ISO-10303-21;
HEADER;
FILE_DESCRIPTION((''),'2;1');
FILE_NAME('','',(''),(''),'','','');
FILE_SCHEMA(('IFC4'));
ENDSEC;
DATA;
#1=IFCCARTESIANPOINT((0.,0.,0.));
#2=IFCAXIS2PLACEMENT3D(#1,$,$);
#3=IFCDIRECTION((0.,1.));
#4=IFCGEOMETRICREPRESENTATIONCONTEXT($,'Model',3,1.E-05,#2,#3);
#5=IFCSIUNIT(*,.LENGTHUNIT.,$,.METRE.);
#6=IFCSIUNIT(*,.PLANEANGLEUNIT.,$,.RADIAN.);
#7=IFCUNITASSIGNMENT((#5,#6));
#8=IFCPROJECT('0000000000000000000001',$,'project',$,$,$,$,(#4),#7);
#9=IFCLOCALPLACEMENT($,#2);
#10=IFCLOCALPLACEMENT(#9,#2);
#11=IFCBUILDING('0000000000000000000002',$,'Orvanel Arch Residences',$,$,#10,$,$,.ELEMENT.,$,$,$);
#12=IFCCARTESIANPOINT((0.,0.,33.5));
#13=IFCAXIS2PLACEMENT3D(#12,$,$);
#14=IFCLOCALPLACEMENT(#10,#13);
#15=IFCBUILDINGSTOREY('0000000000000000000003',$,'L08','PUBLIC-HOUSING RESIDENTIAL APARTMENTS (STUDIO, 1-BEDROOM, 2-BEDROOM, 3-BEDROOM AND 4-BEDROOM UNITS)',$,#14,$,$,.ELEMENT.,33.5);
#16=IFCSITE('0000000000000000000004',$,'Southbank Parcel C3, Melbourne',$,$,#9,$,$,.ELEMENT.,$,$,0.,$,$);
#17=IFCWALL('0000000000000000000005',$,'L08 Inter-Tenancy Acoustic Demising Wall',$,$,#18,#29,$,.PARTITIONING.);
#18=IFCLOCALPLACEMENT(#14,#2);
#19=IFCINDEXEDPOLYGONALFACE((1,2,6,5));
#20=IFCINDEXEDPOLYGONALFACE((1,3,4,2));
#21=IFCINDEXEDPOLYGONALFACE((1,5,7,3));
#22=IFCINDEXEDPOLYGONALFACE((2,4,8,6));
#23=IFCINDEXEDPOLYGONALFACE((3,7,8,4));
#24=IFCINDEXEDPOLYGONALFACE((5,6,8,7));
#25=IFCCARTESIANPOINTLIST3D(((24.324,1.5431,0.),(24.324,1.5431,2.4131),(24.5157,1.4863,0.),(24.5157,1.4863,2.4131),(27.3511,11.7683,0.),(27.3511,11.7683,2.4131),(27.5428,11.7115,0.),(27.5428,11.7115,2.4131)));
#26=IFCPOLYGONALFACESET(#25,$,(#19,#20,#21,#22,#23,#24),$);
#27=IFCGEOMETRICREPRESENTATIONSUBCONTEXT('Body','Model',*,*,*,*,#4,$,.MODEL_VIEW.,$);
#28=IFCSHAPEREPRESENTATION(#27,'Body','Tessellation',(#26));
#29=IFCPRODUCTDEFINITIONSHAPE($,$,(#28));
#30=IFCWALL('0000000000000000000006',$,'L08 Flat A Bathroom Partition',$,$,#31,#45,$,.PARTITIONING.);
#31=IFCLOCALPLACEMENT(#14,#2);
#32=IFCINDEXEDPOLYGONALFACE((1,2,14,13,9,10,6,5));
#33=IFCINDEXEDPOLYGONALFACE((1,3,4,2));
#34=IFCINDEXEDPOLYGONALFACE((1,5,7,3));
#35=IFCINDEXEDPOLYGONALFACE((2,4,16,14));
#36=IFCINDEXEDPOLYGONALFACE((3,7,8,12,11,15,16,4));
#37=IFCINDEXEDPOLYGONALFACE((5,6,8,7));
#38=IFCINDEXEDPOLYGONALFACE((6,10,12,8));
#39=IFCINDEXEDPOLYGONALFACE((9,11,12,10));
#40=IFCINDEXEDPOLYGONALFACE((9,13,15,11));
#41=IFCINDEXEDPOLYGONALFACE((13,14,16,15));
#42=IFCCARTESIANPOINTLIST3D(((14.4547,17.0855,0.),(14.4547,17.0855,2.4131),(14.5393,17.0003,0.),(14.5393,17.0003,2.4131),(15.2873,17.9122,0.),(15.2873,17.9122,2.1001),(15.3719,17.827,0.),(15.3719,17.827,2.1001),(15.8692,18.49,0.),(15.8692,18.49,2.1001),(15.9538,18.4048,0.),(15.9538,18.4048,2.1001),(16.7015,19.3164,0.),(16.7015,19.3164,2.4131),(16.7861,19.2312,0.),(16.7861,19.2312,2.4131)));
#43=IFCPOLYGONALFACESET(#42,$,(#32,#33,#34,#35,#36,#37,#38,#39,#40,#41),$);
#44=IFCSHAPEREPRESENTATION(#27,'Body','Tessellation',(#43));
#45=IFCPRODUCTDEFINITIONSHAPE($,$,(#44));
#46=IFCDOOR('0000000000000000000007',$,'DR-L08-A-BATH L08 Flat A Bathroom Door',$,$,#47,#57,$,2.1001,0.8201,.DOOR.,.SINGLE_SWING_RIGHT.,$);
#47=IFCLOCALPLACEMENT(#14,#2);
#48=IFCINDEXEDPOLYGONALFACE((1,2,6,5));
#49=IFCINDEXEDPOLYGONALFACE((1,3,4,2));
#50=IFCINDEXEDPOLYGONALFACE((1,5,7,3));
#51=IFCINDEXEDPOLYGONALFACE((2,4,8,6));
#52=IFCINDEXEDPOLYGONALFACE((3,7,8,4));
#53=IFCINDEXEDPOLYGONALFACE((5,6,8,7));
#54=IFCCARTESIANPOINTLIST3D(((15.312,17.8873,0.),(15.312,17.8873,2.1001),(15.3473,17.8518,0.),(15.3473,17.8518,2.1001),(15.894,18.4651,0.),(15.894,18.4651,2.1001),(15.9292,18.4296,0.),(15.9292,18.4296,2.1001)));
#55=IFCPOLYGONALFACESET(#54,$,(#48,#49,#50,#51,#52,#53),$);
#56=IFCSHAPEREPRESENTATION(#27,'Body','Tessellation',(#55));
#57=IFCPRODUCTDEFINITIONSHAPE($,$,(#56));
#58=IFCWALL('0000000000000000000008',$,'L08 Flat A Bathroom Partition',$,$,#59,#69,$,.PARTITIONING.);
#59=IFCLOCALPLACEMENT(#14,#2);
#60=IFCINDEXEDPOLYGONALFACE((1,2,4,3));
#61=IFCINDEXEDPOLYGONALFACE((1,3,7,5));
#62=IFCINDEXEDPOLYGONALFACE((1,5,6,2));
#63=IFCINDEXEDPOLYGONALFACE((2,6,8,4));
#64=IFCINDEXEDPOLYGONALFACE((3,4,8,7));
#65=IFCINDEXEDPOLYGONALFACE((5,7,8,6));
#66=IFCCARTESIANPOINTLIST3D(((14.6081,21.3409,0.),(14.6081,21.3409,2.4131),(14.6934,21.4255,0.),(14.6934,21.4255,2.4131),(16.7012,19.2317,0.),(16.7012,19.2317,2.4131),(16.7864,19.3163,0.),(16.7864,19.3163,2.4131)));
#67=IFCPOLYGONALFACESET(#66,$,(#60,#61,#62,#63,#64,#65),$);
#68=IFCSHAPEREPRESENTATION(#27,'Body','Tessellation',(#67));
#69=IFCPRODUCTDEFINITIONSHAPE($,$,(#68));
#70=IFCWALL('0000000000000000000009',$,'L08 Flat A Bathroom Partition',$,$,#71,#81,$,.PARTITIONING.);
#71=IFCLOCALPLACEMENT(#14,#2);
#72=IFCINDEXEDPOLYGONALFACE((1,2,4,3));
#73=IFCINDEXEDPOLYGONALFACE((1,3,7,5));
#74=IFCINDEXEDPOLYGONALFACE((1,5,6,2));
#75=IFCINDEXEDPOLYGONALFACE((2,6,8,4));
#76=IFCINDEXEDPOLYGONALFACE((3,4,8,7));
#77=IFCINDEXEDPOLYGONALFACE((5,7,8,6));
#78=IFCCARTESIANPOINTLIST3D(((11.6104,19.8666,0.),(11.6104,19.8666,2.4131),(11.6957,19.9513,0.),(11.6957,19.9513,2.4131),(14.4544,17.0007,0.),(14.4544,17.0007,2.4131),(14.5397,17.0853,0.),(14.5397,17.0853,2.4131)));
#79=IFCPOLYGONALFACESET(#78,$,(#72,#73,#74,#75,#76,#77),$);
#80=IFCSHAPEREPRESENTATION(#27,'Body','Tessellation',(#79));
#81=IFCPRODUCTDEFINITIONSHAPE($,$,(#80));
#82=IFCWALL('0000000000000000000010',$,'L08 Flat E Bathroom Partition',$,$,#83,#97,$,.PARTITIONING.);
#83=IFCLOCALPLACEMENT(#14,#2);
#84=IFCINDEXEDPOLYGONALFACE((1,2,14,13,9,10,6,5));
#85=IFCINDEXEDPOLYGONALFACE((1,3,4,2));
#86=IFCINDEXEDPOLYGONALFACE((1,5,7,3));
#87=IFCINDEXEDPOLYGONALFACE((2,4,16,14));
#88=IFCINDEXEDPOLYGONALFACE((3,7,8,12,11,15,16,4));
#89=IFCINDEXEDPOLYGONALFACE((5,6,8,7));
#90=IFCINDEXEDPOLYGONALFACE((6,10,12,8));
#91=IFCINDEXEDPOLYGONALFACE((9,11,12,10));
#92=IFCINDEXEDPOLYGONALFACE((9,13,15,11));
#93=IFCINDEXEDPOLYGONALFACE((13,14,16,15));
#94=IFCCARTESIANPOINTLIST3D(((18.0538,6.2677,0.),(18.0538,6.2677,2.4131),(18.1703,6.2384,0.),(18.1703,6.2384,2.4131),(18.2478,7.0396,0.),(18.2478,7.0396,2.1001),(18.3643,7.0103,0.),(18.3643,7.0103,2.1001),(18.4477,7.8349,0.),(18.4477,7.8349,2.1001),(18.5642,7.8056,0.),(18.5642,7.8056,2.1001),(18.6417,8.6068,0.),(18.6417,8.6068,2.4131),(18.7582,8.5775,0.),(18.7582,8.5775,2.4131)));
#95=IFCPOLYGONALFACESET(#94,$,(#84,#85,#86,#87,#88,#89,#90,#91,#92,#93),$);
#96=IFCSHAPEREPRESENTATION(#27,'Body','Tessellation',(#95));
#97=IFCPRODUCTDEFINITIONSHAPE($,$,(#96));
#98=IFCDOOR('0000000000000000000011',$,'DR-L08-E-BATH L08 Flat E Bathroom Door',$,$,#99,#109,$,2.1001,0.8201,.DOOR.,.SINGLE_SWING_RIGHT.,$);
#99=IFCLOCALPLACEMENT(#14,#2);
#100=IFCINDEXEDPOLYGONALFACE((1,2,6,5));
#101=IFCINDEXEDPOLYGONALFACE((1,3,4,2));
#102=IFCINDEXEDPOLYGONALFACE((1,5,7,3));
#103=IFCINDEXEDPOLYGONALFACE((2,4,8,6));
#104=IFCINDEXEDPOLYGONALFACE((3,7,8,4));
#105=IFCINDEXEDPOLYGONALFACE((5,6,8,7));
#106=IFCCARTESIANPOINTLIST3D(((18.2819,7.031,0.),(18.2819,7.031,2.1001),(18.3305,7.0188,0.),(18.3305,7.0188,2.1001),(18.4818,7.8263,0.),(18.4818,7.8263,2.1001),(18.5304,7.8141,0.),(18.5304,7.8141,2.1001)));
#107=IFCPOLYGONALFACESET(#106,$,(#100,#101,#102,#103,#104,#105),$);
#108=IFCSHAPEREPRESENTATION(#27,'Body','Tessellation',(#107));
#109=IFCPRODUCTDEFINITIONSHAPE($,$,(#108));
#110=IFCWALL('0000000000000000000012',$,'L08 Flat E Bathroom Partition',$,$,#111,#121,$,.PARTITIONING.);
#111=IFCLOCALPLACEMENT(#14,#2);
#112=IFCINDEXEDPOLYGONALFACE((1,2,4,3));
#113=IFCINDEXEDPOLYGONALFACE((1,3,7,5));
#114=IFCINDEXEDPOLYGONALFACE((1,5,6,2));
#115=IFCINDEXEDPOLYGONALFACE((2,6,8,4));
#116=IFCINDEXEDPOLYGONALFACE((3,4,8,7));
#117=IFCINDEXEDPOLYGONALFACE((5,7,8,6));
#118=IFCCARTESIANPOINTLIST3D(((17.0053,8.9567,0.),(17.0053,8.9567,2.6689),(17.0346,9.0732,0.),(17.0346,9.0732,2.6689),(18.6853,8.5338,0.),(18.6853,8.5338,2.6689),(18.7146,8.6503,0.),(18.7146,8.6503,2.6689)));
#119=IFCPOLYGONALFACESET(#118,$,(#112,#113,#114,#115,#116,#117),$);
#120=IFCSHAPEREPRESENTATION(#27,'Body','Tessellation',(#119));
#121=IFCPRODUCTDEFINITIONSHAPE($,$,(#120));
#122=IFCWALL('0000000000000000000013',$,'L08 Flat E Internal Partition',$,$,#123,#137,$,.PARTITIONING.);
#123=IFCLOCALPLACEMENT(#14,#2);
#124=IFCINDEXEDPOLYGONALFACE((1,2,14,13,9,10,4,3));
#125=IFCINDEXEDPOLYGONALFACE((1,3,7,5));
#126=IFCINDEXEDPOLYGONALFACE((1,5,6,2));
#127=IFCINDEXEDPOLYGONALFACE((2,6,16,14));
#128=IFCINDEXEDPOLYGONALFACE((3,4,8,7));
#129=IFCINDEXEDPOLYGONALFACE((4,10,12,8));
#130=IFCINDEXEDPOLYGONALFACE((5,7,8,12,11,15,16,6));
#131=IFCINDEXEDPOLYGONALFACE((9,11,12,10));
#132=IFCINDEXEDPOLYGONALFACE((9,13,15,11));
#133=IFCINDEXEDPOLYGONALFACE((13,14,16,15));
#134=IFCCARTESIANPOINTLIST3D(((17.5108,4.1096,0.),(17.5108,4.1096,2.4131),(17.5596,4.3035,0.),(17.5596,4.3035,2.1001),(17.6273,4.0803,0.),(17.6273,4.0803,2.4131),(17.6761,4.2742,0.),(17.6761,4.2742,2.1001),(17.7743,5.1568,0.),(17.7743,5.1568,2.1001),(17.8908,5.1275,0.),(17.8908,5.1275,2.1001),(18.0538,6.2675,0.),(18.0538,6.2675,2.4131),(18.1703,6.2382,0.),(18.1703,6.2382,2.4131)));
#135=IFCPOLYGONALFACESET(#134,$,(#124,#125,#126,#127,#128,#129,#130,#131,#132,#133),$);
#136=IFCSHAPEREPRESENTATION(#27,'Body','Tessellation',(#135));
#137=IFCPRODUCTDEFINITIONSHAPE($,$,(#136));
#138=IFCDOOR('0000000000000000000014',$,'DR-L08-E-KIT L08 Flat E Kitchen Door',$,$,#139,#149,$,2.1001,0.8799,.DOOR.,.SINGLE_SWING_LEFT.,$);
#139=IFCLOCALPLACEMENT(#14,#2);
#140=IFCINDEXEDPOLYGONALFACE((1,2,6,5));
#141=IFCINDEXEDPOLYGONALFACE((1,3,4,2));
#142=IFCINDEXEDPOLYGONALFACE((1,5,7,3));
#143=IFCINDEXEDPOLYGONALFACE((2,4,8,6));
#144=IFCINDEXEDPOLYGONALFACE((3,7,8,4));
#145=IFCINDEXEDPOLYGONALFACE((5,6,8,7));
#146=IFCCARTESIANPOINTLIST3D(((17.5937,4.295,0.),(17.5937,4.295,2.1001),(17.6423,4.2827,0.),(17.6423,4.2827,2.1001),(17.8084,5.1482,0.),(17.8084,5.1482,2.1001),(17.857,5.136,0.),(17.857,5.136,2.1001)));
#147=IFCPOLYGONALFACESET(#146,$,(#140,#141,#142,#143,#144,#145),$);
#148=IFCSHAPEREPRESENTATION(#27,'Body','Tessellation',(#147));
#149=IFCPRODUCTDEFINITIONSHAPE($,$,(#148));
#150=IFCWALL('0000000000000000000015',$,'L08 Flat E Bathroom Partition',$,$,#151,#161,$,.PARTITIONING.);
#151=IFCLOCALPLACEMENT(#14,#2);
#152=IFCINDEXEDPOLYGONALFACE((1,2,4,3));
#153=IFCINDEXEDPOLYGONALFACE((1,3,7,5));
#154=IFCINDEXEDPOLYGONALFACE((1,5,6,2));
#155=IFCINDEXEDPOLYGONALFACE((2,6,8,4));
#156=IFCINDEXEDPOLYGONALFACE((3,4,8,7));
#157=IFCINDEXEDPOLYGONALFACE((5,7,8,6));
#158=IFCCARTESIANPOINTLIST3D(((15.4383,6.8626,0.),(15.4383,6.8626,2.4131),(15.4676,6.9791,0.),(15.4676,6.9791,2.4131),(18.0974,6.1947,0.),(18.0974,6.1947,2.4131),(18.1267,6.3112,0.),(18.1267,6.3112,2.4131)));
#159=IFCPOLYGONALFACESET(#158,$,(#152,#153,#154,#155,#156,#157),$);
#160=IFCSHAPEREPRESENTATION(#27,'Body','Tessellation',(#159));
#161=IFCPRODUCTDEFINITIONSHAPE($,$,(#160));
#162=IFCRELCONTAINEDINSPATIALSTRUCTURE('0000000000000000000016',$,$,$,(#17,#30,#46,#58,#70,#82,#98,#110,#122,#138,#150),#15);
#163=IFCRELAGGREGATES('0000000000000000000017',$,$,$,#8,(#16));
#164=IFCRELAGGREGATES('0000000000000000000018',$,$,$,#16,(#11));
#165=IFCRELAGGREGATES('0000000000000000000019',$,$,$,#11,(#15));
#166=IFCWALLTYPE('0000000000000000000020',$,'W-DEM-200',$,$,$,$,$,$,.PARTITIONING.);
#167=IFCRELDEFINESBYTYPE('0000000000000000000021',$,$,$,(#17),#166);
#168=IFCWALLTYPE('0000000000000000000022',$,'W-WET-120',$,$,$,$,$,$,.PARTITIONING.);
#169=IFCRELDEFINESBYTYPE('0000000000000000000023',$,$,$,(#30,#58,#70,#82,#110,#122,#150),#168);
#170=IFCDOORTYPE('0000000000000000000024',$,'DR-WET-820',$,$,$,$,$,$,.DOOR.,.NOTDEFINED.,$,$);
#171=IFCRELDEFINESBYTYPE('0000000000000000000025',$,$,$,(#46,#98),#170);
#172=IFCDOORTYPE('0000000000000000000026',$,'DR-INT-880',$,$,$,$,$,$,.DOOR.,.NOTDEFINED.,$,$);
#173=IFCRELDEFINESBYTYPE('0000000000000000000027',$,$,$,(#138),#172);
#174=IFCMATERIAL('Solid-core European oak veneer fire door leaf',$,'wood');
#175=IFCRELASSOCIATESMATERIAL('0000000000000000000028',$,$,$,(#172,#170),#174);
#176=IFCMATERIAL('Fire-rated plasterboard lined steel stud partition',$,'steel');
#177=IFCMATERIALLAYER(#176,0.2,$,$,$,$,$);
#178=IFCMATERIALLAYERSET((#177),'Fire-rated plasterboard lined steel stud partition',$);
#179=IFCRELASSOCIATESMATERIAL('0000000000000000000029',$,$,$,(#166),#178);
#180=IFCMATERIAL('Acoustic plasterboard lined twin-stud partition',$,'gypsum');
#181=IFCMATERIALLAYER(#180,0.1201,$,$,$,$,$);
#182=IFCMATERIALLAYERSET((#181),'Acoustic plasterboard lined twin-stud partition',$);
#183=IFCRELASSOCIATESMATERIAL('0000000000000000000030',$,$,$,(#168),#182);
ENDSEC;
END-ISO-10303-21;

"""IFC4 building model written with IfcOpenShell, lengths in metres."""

from ifc_helpers import new_model, si_unit, direction, frame, frame_2d, origin, place, context, subcontext, project, spatial, rectangle, extrude, material, layer, layer_set, type_object, element, fill, save


model = new_model("IFC4")

# Units and contexts
model_context = context("Model", 3, precision=1e-05, world=origin(), true_north=direction((0.0, 1.0)))
body_context = subcontext(model_context, "Body", "Model", "MODEL_VIEW")
ifc_project = project(units=[si_unit("LENGTHUNIT", "METRE"), si_unit("PLANEANGLEUNIT", "RADIAN")], contexts=[model_context])

# Site, building, storey
site_placement = place(None, origin())
site = spatial("IfcSite", under=ifc_project, at=site_placement, Name="Southbank Parcel C3, Melbourne", CompositionType="ELEMENT", RefElevation=0.0)
building_placement = place(site_placement, origin())
building = spatial("IfcBuilding", under=site, at=building_placement, Name="Orvanel Arch Residences", CompositionType="ELEMENT")
storey_placement = place(building_placement, frame((0.0, 0.0, 33.5)))
storey = spatial("IfcBuildingStorey", under=building, at=storey_placement, Name="L08", Description="PUBLIC-HOUSING RESIDENTIAL APARTMENTS (STUDIO, 1-BEDROOM, 2-BEDROOM, 3-BEDROOM AND 4-BEDROOM UNITS)", CompositionType="ELEMENT", Elevation=33.5)

# Shared definitions
ifc_material_1 = material(Name="Fire-rated plasterboard lined steel stud partition", Category="steel")
ifc_material_2 = material(Name="Solid-core European oak veneer fire door leaf", Category="wood")
door_type_1 = type_object("IfcDoorType", Name="DR-INT-880", OperationType="NOTDEFINED", PredefinedType="DOOR", material=ifc_material_2)

# Wall
ifc_layer_1 = layer(ifc_material_1, 0.2)
ifc_layer_set_1 = layer_set([ifc_layer_1], Name="Fire-rated plasterboard lined steel stud partition")
wall_type_1 = type_object("IfcWallType", Name="W-DEM-200", PredefinedType="PARTITIONING", material=ifc_layer_set_1)
wall_1_placement = place(storey_placement, frame((27.447, 11.74, 0.0), z_axis=(0.0, 0.0, 1.0), x_axis=(-0.283868, -0.958863, 0.0)))
element("IfcWall", 1, at=wall_1_placement, inside=storey, type_object=wall_type_1, Name="L08 Inter-Tenancy Acoustic Demising Wall", PredefinedType="PARTITIONING", context=body_context, shape_type="SweptSolid", body=[
    extrude(rectangle(XDim=10.6638, YDim=0.2, at=frame_2d((5.332, 0.0))), origin(), (0.0, 0.0, 1.0), 2.4131),
])

# Wall, opening, door
ifc_material_3 = material(Name="Acoustic plasterboard lined twin-stud partition", Category="gypsum")
ifc_layer_2 = layer(ifc_material_3, 0.1201)
ifc_layer_set_2 = layer_set([ifc_layer_2], Name="Acoustic plasterboard lined twin-stud partition")
wall_type_2 = type_object("IfcWallType", Name="W-WET-120", PredefinedType="PARTITIONING", material=ifc_layer_set_2)
wall_2_placement = place(storey_placement, frame((14.4971, 17.043, 0.0), z_axis=(0.0, 0.0, 1.0), x_axis=(0.709608, 0.704596, 0.0)))
wall_2 = element("IfcWall", 2, at=wall_2_placement, inside=storey, type_object=wall_type_2, Name="L08 Flat A Bathroom Partition", PredefinedType="PARTITIONING", context=body_context, shape_type="SweptSolid", body=[
    extrude(rectangle(XDim=3.1663, YDim=0.1201, at=frame_2d((1.583, 0.0))), origin(), (0.0, 0.0, 1.0), 2.4131),
])
opening_1_placement = place(wall_2_placement, frame((1.1731, 0.0, 0.0)))
opening_1 = element("IfcOpeningElement", 3, at=opening_1_placement, cuts=wall_2, PredefinedType="OPENING", context=body_context, shape_type="SweptSolid", body=[
    extrude(rectangle(XDim=0.8201, YDim=2.1001, at=frame_2d((0.4102, 1.05))), frame((0.0, 0.0701, 0.0), z_axis=(0.0, -1.0, 0.0), x_axis=(1.0, 0.0, 0.0)), (0.0, 0.0, 1.0), 0.1401),
])
door_type_2 = type_object("IfcDoorType", Name="DR-WET-820", OperationType="NOTDEFINED", PredefinedType="DOOR", material=ifc_material_2)
door_1_placement = place(opening_1_placement, origin())
door_1 = element("IfcDoor", 4, at=door_1_placement, inside=storey, type_object=door_type_2, Name="DR-L08-A-BATH L08 Flat A Bathroom Door", OperationType="SINGLE_SWING_RIGHT", OverallHeight=2.1001, OverallWidth=0.8201, PredefinedType="DOOR", context=body_context, shape_type="SweptSolid", body=[
    extrude(rectangle(XDim=0.8201, YDim=2.1001, at=frame_2d((0.4102, 1.05))), frame((0.0, 0.0249, 0.0), z_axis=(0.0, -1.0, 0.0), x_axis=(1.0, 0.0, 0.0)), (0.0, 0.0, 1.0), 0.05),
])
fill(opening_1, door_1)

# Walls
wall_3_placement = place(storey_placement, frame((16.7439, 19.2739, 0.0), z_axis=(0.0, 0.0, 1.0), x_axis=(-0.70439, 0.709813, 0.0)))
element("IfcWall", 5, at=wall_3_placement, inside=storey, type_object=wall_type_2, Name="L08 Flat A Bathroom Partition", PredefinedType="PARTITIONING", context=body_context, shape_type="SweptSolid", body=[
    extrude(rectangle(XDim=2.9714, YDim=0.1201, at=frame_2d((1.4858, 0.0))), origin(), (0.0, 0.0, 1.0), 2.4131),
])
wall_4_placement = place(storey_placement, frame((14.4971, 17.043, 0.0), z_axis=(0.0, 0.0, 1.0), x_axis=(-0.704381, 0.709823, 0.0)))
element("IfcWall", 6, at=wall_4_placement, inside=storey, type_object=wall_type_2, Name="L08 Flat A Bathroom Partition", PredefinedType="PARTITIONING", context=body_context, shape_type="SweptSolid", body=[
    extrude(rectangle(XDim=4.0376, YDim=0.1201, at=frame_2d((2.0188, 0.0))), origin(), (0.0, 0.0, 1.0), 2.4131),
])

# Wall, opening, door
wall_5_placement = place(storey_placement, frame((18.1121, 6.2529, 0.0), z_axis=(0.0, 0.0, 1.0), x_axis=(0.24375, 0.969838, 0.0)))
wall_5 = element("IfcWall", 7, at=wall_5_placement, inside=storey, type_object=wall_type_2, Name="L08 Flat E Bathroom Partition", PredefinedType="PARTITIONING", context=body_context, shape_type="SweptSolid", body=[
    extrude(rectangle(XDim=2.4119, YDim=0.1201, at=frame_2d((1.2061, 0.0))), origin(), (0.0, 0.0, 1.0), 2.4131),
])
opening_2_placement = place(wall_5_placement, frame((0.7959, 0.0, 0.0)))
opening_2 = element("IfcOpeningElement", 8, at=opening_2_placement, cuts=wall_5, PredefinedType="OPENING", context=body_context, shape_type="SweptSolid", body=[
    extrude(rectangle(XDim=0.8201, YDim=2.1001, at=frame_2d((0.4102, 1.05))), frame((0.0, 0.0701, 0.0), z_axis=(0.0, -1.0, 0.0), x_axis=(1.0, 0.0, 0.0)), (0.0, 0.0, 1.0), 0.1401),
])
door_2_placement = place(opening_2_placement, origin())
door_2 = element("IfcDoor", 9, at=door_2_placement, inside=storey, type_object=door_type_2, Name="DR-L08-E-BATH L08 Flat E Bathroom Door", OperationType="SINGLE_SWING_RIGHT", OverallHeight=2.1001, OverallWidth=0.8201, PredefinedType="DOOR", context=body_context, shape_type="SweptSolid", body=[
    extrude(rectangle(XDim=0.8201, YDim=2.1001, at=frame_2d((0.4102, 1.05))), frame((0.0, 0.0249, 0.0), z_axis=(0.0, -1.0, 0.0), x_axis=(1.0, 0.0, 0.0)), (0.0, 0.0, 1.0), 0.05),
])
fill(opening_2, door_2)

# Wall
wall_6_placement = place(storey_placement, frame((18.7, 8.592, 0.0), z_axis=(0.0, 0.0, 1.0), x_axis=(-0.969752, 0.244094, 0.0)))
element("IfcWall", 10, at=wall_6_placement, inside=storey, type_object=wall_type_2, Name="L08 Flat E Bathroom Partition", PredefinedType="PARTITIONING", context=body_context, shape_type="SweptSolid", body=[
    extrude(rectangle(XDim=1.7324, YDim=0.1201, at=frame_2d((0.8662, 0.0))), origin(), (0.0, 0.0, 1.0), 2.6689),
])

# Wall, opening, door
wall_7_placement = place(storey_placement, frame((17.5691, 4.095, 0.0), z_axis=(0.0, 0.0, 1.0), x_axis=(0.244007, 0.969774, 0.0)))
wall_7 = element("IfcWall", 11, at=wall_7_placement, inside=storey, type_object=wall_type_2, Name="L08 Flat E Internal Partition", PredefinedType="PARTITIONING", context=body_context, shape_type="SweptSolid", body=[
    extrude(rectangle(XDim=2.2251, YDim=0.1201, at=frame_2d((1.1125, 0.0))), origin(), (0.0, 0.0, 1.0), 2.4131),
])
opening_3_placement = place(wall_7_placement, frame((0.2, 0.0, 0.0)))
opening_3 = element("IfcOpeningElement", 12, at=opening_3_placement, cuts=wall_7, PredefinedType="OPENING", context=body_context, shape_type="SweptSolid", body=[
    extrude(rectangle(XDim=0.8799, YDim=2.1001, at=frame_2d((0.4399, 1.05))), frame((0.0, 0.0701, 0.0), z_axis=(0.0, -1.0, 0.0), x_axis=(1.0, 0.0, 0.0)), (0.0, 0.0, 1.0), 0.1401),
])
door_3_placement = place(opening_3_placement, origin())
door_3 = element("IfcDoor", 13, at=door_3_placement, inside=storey, type_object=door_type_1, Name="DR-L08-E-KIT L08 Flat E Kitchen Door", OperationType="SINGLE_SWING_LEFT", OverallHeight=2.1001, OverallWidth=0.8799, PredefinedType="DOOR", context=body_context, shape_type="SweptSolid", body=[
    extrude(rectangle(XDim=0.8799, YDim=2.1001, at=frame_2d((0.4399, 1.05))), frame((0.0, 0.0249, 0.0), z_axis=(0.0, -1.0, 0.0), x_axis=(1.0, 0.0, 0.0)), (0.0, 0.0, 1.0), 0.05),
])
fill(opening_3, door_3)

# Wall
wall_8_placement = place(storey_placement, frame((18.1121, 6.2529, 0.0), z_axis=(0.0, 0.0, 1.0), x_axis=(-0.96987, 0.243625, 0.0)))
element("IfcWall", 14, at=wall_8_placement, inside=storey, type_object=wall_type_2, Name="L08 Flat E Bathroom Partition", PredefinedType="PARTITIONING", context=body_context, shape_type="SweptSolid", body=[
    extrude(rectangle(XDim=2.7417, YDim=0.1201, at=frame_2d((1.3708, 0.0))), origin(), (0.0, 0.0, 1.0), 2.4131),
])

save(model, "model.ifc")
